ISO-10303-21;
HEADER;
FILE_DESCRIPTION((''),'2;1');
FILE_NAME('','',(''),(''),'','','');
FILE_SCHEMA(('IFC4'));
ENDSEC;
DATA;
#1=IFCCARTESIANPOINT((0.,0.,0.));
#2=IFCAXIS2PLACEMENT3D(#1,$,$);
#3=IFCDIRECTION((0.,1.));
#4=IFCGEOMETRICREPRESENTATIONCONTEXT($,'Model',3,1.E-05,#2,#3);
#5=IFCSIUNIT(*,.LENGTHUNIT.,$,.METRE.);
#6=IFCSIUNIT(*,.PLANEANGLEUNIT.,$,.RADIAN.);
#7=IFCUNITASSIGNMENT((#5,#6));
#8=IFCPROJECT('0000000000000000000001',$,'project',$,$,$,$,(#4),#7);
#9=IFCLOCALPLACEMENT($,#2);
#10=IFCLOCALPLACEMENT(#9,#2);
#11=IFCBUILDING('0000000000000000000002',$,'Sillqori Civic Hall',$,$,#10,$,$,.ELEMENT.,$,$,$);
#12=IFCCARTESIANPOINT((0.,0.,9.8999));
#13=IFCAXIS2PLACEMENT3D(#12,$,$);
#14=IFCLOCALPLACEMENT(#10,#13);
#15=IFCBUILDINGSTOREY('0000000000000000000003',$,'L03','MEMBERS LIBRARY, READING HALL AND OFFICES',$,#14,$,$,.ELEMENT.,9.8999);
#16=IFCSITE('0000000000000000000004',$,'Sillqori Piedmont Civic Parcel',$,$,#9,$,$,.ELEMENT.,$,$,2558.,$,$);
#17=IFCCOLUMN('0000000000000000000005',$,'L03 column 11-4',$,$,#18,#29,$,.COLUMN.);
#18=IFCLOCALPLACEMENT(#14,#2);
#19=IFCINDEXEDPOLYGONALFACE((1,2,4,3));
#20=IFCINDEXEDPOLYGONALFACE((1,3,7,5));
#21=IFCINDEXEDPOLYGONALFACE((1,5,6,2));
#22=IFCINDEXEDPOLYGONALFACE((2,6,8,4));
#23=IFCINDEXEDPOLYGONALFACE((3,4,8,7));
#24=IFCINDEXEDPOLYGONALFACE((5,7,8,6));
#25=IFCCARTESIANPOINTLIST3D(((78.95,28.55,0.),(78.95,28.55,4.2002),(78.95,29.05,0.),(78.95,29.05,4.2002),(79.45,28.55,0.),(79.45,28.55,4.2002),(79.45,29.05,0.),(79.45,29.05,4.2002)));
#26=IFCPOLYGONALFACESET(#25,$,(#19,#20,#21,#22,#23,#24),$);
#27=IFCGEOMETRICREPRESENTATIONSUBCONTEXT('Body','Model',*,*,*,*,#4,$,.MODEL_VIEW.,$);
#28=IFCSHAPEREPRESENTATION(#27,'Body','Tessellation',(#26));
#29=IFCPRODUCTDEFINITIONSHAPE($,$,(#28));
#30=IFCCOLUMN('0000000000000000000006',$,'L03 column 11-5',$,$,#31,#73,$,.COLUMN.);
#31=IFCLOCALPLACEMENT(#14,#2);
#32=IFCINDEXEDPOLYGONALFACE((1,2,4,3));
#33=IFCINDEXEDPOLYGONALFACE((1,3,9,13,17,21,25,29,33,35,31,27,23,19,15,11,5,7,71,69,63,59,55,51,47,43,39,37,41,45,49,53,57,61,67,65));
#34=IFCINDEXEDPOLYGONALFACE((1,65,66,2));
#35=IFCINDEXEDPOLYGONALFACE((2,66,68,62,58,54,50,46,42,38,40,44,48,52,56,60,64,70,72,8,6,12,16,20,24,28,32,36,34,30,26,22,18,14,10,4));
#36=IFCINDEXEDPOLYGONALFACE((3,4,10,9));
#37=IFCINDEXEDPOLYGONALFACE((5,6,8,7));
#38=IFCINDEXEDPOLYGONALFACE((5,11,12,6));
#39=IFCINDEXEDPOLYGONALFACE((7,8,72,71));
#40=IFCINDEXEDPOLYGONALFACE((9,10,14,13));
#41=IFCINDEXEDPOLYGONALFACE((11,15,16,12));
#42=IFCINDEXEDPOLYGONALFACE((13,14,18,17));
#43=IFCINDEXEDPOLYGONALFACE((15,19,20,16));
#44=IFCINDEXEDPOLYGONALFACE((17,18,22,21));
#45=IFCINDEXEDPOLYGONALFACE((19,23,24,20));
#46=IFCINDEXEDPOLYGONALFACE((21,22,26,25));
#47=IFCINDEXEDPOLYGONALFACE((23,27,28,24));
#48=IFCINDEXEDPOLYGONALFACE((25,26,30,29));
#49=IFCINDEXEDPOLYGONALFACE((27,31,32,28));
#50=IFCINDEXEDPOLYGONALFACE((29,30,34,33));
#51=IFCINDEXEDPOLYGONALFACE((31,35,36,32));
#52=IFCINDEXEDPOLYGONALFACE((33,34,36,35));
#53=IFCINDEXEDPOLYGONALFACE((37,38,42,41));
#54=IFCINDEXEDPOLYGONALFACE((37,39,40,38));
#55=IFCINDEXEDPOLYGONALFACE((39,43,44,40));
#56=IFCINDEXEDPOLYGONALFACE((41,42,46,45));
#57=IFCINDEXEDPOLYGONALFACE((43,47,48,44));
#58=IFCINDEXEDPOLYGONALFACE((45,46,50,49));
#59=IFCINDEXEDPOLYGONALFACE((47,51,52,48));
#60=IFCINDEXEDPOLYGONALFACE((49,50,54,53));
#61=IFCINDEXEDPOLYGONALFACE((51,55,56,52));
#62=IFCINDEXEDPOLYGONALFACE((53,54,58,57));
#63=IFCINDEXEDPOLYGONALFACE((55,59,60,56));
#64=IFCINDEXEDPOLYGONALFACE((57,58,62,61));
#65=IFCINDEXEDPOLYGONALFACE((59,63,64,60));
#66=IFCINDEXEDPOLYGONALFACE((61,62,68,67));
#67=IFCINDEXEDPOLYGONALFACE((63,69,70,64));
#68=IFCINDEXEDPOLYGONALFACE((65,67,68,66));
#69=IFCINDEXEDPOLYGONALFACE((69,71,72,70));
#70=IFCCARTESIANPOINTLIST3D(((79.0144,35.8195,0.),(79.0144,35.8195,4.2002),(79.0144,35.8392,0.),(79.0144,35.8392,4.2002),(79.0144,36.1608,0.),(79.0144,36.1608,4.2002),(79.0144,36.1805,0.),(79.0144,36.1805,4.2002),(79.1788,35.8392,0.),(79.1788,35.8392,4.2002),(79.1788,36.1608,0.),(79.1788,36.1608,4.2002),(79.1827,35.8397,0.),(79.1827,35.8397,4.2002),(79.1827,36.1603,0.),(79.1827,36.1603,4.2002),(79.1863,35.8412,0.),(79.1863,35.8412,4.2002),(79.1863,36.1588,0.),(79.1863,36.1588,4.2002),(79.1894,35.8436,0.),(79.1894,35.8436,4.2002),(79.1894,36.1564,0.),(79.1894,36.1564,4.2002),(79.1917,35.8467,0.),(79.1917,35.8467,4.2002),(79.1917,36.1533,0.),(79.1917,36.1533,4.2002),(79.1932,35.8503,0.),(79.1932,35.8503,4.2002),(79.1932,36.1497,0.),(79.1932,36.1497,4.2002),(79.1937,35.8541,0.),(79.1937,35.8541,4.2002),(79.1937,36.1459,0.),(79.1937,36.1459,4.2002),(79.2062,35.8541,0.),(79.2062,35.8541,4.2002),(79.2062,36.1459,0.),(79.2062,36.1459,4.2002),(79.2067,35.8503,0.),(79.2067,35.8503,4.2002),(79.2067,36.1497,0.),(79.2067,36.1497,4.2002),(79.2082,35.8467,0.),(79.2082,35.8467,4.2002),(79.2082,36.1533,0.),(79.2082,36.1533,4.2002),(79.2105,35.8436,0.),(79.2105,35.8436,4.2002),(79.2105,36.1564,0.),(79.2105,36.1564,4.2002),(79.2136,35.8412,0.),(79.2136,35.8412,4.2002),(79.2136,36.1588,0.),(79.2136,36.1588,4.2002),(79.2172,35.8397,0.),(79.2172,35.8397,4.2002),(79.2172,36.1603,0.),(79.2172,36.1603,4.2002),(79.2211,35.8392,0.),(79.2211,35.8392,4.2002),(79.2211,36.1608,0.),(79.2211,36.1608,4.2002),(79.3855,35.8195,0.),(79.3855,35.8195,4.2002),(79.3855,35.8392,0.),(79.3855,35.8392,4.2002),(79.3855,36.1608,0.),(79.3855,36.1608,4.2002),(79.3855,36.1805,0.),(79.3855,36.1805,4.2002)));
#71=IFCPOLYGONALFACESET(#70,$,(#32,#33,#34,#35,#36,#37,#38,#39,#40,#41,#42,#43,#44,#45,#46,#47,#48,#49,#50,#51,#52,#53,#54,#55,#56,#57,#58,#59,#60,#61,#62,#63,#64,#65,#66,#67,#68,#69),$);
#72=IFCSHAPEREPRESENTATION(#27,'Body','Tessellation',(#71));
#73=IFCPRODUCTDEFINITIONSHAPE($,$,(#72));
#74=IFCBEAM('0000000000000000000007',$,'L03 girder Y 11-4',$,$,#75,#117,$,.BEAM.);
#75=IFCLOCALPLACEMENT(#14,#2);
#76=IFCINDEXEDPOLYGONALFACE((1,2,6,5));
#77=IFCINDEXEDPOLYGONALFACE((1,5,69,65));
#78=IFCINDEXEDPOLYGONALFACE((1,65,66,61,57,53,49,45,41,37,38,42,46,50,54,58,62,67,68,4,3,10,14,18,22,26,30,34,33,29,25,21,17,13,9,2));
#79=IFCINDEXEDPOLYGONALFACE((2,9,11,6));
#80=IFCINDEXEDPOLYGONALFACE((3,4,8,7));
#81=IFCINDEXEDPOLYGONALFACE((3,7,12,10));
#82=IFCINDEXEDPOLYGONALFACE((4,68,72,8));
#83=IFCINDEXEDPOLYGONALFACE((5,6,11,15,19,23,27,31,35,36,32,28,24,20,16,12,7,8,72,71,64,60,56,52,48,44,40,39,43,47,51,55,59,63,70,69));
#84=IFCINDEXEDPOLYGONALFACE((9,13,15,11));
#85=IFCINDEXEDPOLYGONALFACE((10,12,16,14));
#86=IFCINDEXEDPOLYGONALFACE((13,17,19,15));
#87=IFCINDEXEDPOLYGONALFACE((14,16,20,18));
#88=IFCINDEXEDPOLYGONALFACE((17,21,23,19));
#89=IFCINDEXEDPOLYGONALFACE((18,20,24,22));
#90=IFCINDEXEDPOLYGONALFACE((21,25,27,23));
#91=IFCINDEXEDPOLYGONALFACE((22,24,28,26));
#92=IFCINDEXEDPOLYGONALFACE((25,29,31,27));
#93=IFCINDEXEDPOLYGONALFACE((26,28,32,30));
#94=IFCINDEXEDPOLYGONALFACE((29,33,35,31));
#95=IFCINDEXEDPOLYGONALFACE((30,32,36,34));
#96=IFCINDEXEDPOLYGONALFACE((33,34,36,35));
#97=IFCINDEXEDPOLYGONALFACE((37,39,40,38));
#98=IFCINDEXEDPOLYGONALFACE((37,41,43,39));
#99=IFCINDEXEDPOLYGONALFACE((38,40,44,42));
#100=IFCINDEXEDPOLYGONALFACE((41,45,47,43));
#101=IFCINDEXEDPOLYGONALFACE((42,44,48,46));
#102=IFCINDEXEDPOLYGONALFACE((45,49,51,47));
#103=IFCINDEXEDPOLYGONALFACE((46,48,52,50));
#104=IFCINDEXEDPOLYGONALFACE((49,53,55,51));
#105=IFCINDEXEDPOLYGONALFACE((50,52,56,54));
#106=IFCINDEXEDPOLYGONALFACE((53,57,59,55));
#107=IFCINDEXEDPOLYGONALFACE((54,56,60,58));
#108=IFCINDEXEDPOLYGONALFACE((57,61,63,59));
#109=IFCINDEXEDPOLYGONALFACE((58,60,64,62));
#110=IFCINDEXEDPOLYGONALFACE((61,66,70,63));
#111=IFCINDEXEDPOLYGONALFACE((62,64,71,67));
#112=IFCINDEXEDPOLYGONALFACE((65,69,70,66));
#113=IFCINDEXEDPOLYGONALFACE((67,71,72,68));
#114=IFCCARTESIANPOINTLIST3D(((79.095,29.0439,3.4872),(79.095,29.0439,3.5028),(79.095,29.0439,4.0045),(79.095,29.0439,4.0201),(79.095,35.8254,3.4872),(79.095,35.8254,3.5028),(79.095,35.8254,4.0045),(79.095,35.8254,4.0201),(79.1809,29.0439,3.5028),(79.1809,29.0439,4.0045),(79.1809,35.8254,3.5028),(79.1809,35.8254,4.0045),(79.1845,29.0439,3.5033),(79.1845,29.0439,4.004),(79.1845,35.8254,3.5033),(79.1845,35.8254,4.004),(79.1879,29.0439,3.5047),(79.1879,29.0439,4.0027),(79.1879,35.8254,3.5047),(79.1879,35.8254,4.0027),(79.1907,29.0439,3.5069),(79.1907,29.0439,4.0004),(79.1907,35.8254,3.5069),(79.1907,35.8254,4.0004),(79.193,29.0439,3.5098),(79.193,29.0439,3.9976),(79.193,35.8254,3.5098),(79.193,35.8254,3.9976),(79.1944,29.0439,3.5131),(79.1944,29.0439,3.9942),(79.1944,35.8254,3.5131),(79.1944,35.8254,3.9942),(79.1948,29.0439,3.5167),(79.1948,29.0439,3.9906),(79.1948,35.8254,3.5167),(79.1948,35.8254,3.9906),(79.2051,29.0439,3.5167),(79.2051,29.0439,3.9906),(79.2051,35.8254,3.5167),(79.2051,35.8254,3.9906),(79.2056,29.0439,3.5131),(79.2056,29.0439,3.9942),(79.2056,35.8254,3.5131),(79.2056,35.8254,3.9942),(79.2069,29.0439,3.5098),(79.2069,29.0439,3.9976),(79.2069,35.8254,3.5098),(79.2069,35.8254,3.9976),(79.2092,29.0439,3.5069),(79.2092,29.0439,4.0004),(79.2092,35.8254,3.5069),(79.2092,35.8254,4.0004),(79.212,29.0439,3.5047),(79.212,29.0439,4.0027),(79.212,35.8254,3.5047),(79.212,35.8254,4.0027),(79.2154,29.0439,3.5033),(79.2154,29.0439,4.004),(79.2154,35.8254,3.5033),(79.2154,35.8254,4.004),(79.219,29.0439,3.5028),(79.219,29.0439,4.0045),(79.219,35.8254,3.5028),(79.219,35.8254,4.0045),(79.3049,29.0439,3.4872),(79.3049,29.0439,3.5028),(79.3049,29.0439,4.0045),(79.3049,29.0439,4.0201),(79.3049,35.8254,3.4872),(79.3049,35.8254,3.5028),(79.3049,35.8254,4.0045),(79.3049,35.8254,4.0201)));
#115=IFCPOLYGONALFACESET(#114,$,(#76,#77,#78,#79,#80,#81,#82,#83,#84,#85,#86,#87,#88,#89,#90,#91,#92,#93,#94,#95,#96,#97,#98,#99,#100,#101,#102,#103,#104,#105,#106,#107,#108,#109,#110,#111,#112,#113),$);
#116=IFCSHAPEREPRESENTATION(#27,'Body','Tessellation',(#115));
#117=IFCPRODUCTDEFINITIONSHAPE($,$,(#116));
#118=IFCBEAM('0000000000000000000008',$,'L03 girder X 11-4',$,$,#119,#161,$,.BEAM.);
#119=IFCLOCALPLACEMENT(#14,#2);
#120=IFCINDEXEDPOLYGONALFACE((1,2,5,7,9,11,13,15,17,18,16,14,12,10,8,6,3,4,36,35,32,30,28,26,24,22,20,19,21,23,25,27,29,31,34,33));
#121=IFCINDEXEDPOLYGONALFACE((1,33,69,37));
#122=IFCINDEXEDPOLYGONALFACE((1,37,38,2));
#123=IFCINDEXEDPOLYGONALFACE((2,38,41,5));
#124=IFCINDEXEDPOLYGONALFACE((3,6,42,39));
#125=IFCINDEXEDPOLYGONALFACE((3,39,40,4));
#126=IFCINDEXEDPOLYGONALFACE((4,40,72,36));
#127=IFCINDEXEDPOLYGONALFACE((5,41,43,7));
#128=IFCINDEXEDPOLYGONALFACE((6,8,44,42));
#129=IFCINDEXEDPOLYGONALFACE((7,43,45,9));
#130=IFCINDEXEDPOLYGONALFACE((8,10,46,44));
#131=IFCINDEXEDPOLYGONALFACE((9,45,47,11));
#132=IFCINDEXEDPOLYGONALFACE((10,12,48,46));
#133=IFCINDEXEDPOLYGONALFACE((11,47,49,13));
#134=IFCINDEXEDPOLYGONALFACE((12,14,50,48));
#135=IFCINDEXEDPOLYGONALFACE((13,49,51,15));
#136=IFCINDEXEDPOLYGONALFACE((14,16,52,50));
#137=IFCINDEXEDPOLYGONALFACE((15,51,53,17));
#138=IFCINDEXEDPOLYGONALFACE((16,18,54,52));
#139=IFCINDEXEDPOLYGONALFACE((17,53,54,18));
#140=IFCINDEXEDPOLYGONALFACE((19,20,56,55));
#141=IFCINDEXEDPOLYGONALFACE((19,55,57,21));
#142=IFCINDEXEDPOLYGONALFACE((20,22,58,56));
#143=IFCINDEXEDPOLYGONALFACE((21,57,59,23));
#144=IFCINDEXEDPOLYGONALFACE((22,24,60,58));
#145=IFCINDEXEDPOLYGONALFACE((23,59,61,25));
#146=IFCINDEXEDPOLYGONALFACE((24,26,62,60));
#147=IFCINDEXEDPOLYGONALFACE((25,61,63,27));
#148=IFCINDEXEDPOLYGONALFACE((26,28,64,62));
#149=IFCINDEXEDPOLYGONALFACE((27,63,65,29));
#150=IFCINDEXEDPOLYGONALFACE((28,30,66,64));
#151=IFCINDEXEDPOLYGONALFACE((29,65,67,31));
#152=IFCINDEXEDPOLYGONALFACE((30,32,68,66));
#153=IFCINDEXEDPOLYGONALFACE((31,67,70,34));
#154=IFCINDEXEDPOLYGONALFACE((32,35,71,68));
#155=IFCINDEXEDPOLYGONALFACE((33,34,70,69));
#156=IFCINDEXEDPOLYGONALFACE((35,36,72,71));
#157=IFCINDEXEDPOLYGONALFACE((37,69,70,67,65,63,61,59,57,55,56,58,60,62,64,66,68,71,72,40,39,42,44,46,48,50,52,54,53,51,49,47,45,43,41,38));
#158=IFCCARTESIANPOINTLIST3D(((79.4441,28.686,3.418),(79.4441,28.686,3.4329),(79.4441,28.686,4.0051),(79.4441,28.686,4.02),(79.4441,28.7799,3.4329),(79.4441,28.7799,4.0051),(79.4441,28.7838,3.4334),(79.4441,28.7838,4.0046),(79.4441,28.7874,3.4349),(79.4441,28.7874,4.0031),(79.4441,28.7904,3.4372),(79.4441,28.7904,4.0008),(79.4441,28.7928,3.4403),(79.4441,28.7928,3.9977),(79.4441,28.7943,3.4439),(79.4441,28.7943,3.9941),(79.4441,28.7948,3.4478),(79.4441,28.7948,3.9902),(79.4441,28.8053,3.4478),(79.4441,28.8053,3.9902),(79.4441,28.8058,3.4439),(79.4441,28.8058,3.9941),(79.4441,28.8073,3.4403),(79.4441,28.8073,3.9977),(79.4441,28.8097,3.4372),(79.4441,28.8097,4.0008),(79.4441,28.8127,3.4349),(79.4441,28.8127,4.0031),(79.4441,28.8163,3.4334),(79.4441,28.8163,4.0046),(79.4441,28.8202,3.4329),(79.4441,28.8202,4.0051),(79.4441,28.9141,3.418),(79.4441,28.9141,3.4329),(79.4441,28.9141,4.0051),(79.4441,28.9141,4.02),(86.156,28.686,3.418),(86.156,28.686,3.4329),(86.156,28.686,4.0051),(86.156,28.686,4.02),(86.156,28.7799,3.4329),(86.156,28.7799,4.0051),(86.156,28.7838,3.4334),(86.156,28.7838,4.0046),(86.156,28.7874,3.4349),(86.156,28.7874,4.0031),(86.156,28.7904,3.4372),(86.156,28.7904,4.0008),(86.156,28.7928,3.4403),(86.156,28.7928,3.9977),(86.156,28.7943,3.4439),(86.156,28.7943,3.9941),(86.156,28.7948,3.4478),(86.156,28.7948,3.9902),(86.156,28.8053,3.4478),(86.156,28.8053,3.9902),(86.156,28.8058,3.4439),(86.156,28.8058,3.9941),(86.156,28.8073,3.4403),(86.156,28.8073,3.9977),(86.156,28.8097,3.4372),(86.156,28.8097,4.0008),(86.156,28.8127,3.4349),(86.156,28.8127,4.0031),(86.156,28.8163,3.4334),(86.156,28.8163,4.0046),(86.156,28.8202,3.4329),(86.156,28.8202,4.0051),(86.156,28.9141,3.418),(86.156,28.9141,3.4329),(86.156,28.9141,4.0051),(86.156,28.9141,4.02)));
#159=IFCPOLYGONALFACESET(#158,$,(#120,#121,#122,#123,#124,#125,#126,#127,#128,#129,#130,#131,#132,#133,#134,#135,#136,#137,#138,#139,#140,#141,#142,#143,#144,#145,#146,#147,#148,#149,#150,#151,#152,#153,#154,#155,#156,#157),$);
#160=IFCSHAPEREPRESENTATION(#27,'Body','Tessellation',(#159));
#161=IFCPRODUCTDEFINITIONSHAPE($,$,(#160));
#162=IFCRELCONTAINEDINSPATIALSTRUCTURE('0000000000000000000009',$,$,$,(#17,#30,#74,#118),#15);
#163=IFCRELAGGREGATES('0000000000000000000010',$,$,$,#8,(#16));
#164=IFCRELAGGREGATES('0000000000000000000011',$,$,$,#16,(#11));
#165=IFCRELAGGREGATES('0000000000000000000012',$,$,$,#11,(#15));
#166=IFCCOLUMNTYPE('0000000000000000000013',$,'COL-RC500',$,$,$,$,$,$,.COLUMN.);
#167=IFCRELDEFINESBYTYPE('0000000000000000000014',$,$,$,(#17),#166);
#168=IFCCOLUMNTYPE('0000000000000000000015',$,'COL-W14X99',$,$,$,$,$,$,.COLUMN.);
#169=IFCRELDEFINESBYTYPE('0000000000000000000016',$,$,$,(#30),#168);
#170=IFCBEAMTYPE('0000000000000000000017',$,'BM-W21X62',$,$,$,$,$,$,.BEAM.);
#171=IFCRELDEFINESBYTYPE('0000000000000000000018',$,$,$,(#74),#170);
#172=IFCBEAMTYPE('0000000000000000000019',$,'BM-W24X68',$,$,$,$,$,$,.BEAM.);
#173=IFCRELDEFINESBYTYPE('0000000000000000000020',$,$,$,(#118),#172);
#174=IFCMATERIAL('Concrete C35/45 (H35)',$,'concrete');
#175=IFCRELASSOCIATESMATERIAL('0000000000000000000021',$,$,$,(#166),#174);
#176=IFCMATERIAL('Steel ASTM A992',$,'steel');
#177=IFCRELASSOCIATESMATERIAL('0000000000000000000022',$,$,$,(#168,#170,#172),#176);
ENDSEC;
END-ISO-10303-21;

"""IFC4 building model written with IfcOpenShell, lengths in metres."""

from ifc_helpers import new_model, si_unit, direction, frame, origin, origin_2d, place, context, subcontext, project, spatial, rectangle, i_section, extrude, material, material_profile, profile_set, type_object, element, save


model = new_model("IFC4")

# Units and contexts
model_context = context("Model", 3, precision=1e-05, world=origin(), true_north=direction((0.0, 1.0)))
body_context = subcontext(model_context, "Body", "Model", "MODEL_VIEW")
ifc_project = project(units=[si_unit("LENGTHUNIT", "METRE"), si_unit("PLANEANGLEUNIT", "RADIAN")], contexts=[model_context])

# Site, building, storey
site_placement = place(None, origin())
site = spatial("IfcSite", under=ifc_project, at=site_placement, Name="Sillqori Piedmont Civic Parcel", CompositionType="ELEMENT", RefElevation=2558.0)
building_placement = place(site_placement, origin())
building = spatial("IfcBuilding", under=site, at=building_placement, Name="Sillqori Civic Hall", CompositionType="ELEMENT")
storey_placement = place(building_placement, frame((0.0, 0.0, 9.8999)))
storey = spatial("IfcBuildingStorey", under=building, at=storey_placement, Name="L03", Description="MEMBERS LIBRARY, READING HALL AND OFFICES", CompositionType="ELEMENT", Elevation=9.8999)

# Columns
ifc_material_1 = material(Name="Concrete C35/45 (H35)", Category="concrete")
ifc_material_profile_1 = material_profile(ifc_material_1, rectangle(XDim=0.5, YDim=0.5, at=origin_2d()), Name="RC 500x500")
ifc_profile_set_1 = profile_set([ifc_material_profile_1], Name="Concrete C35/45 (H35)")
column_type_1 = type_object("IfcColumnType", Name="COL-RC500", PredefinedType="COLUMN", material=ifc_profile_set_1)
column_1_placement = place(storey_placement, frame((79.2, 28.8, 0.0), z_axis=(0.0, 0.0, 1.0), x_axis=(1.0, 0.0, 0.0)))
element("IfcColumn", 1, at=column_1_placement, inside=storey, type_object=column_type_1, Name="L03 column 11-4", PredefinedType="COLUMN", context=body_context, shape_type="SweptSolid", body=[
    extrude(rectangle(XDim=0.5, YDim=0.5, at=origin_2d()), origin(), (0.0, 0.0, 1.0), 4.2002),
])
ifc_material_2 = material(Name="Steel ASTM A992", Category="steel")
ifc_material_profile_2 = material_profile(ifc_material_2, i_section(OverallWidth=0.3711, OverallDepth=0.3611, WebThickness=0.0125, FlangeThickness=0.0198, FilletRadius=0.0149, at=origin_2d()), Name="W14X99")
ifc_profile_set_2 = profile_set([ifc_material_profile_2], Name="Steel ASTM A992")
column_type_2 = type_object("IfcColumnType", Name="COL-W14X99", PredefinedType="COLUMN", material=ifc_profile_set_2)
column_2_placement = place(storey_placement, frame((79.2, 36.0, 0.0), z_axis=(0.0, 0.0, 1.0), x_axis=(1.0, 0.0, 0.0)))
element("IfcColumn", 2, at=column_2_placement, inside=storey, type_object=column_type_2, Name="L03 column 11-5", PredefinedType="COLUMN", context=body_context, shape_type="SweptSolid", body=[
    extrude(i_section(OverallWidth=0.3711, OverallDepth=0.3611, WebThickness=0.0125, FlangeThickness=0.0198, FilletRadius=0.0149, at=origin_2d()), origin(), (0.0, 0.0, 1.0), 4.2002),
])

# Beams
ifc_material_profile_3 = material_profile(ifc_material_2, i_section(OverallWidth=0.21, OverallDepth=0.533, WebThickness=0.0103, FlangeThickness=0.0156, FilletRadius=0.0139, at=origin_2d()), Name="W21X62")
ifc_profile_set_3 = profile_set([ifc_material_profile_3], Name="Steel ASTM A992")
beam_type_1 = type_object("IfcBeamType", Name="BM-W21X62", PredefinedType="BEAM", material=ifc_profile_set_3)
beam_1_placement = place(storey_placement, frame((79.2, 29.0439, 3.7537), z_axis=(0.0, 1.0, 0.0), x_axis=(-1.0, 0.0, 0.0)))
element("IfcBeam", 3, at=beam_1_placement, inside=storey, type_object=beam_type_1, Name="L03 girder Y 11-4", PredefinedType="BEAM", context=body_context, shape_type="SweptSolid", body=[
    extrude(i_section(OverallWidth=0.21, OverallDepth=0.533, WebThickness=0.0103, FlangeThickness=0.0156, FilletRadius=0.0139, at=origin_2d()), origin(), (0.0, 0.0, 1.0), 6.7815),
])
ifc_material_profile_4 = material_profile(ifc_material_2, i_section(OverallWidth=0.228, OverallDepth=0.6021, WebThickness=0.0105, FlangeThickness=0.0149, FilletRadius=0.0149, at=origin_2d()), Name="W24X68")
ifc_profile_set_4 = profile_set([ifc_material_profile_4], Name="Steel ASTM A992")
beam_type_2 = type_object("IfcBeamType", Name="BM-W24X68", PredefinedType="BEAM", material=ifc_profile_set_4)
beam_2_placement = place(storey_placement, frame((79.4441, 28.8, 3.719), z_axis=(1.0, 0.0, 0.0), x_axis=(0.0, 1.0, 0.0)))
element("IfcBeam", 4, at=beam_2_placement, inside=storey, type_object=beam_type_2, Name="L03 girder X 11-4", PredefinedType="BEAM", context=body_context, shape_type="SweptSolid", body=[
    extrude(i_section(OverallWidth=0.228, OverallDepth=0.6021, WebThickness=0.0105, FlangeThickness=0.0149, FilletRadius=0.0149, at=origin_2d()), origin(), (0.0, 0.0, 1.0), 6.7119),
])

save(model, "model.ifc")
